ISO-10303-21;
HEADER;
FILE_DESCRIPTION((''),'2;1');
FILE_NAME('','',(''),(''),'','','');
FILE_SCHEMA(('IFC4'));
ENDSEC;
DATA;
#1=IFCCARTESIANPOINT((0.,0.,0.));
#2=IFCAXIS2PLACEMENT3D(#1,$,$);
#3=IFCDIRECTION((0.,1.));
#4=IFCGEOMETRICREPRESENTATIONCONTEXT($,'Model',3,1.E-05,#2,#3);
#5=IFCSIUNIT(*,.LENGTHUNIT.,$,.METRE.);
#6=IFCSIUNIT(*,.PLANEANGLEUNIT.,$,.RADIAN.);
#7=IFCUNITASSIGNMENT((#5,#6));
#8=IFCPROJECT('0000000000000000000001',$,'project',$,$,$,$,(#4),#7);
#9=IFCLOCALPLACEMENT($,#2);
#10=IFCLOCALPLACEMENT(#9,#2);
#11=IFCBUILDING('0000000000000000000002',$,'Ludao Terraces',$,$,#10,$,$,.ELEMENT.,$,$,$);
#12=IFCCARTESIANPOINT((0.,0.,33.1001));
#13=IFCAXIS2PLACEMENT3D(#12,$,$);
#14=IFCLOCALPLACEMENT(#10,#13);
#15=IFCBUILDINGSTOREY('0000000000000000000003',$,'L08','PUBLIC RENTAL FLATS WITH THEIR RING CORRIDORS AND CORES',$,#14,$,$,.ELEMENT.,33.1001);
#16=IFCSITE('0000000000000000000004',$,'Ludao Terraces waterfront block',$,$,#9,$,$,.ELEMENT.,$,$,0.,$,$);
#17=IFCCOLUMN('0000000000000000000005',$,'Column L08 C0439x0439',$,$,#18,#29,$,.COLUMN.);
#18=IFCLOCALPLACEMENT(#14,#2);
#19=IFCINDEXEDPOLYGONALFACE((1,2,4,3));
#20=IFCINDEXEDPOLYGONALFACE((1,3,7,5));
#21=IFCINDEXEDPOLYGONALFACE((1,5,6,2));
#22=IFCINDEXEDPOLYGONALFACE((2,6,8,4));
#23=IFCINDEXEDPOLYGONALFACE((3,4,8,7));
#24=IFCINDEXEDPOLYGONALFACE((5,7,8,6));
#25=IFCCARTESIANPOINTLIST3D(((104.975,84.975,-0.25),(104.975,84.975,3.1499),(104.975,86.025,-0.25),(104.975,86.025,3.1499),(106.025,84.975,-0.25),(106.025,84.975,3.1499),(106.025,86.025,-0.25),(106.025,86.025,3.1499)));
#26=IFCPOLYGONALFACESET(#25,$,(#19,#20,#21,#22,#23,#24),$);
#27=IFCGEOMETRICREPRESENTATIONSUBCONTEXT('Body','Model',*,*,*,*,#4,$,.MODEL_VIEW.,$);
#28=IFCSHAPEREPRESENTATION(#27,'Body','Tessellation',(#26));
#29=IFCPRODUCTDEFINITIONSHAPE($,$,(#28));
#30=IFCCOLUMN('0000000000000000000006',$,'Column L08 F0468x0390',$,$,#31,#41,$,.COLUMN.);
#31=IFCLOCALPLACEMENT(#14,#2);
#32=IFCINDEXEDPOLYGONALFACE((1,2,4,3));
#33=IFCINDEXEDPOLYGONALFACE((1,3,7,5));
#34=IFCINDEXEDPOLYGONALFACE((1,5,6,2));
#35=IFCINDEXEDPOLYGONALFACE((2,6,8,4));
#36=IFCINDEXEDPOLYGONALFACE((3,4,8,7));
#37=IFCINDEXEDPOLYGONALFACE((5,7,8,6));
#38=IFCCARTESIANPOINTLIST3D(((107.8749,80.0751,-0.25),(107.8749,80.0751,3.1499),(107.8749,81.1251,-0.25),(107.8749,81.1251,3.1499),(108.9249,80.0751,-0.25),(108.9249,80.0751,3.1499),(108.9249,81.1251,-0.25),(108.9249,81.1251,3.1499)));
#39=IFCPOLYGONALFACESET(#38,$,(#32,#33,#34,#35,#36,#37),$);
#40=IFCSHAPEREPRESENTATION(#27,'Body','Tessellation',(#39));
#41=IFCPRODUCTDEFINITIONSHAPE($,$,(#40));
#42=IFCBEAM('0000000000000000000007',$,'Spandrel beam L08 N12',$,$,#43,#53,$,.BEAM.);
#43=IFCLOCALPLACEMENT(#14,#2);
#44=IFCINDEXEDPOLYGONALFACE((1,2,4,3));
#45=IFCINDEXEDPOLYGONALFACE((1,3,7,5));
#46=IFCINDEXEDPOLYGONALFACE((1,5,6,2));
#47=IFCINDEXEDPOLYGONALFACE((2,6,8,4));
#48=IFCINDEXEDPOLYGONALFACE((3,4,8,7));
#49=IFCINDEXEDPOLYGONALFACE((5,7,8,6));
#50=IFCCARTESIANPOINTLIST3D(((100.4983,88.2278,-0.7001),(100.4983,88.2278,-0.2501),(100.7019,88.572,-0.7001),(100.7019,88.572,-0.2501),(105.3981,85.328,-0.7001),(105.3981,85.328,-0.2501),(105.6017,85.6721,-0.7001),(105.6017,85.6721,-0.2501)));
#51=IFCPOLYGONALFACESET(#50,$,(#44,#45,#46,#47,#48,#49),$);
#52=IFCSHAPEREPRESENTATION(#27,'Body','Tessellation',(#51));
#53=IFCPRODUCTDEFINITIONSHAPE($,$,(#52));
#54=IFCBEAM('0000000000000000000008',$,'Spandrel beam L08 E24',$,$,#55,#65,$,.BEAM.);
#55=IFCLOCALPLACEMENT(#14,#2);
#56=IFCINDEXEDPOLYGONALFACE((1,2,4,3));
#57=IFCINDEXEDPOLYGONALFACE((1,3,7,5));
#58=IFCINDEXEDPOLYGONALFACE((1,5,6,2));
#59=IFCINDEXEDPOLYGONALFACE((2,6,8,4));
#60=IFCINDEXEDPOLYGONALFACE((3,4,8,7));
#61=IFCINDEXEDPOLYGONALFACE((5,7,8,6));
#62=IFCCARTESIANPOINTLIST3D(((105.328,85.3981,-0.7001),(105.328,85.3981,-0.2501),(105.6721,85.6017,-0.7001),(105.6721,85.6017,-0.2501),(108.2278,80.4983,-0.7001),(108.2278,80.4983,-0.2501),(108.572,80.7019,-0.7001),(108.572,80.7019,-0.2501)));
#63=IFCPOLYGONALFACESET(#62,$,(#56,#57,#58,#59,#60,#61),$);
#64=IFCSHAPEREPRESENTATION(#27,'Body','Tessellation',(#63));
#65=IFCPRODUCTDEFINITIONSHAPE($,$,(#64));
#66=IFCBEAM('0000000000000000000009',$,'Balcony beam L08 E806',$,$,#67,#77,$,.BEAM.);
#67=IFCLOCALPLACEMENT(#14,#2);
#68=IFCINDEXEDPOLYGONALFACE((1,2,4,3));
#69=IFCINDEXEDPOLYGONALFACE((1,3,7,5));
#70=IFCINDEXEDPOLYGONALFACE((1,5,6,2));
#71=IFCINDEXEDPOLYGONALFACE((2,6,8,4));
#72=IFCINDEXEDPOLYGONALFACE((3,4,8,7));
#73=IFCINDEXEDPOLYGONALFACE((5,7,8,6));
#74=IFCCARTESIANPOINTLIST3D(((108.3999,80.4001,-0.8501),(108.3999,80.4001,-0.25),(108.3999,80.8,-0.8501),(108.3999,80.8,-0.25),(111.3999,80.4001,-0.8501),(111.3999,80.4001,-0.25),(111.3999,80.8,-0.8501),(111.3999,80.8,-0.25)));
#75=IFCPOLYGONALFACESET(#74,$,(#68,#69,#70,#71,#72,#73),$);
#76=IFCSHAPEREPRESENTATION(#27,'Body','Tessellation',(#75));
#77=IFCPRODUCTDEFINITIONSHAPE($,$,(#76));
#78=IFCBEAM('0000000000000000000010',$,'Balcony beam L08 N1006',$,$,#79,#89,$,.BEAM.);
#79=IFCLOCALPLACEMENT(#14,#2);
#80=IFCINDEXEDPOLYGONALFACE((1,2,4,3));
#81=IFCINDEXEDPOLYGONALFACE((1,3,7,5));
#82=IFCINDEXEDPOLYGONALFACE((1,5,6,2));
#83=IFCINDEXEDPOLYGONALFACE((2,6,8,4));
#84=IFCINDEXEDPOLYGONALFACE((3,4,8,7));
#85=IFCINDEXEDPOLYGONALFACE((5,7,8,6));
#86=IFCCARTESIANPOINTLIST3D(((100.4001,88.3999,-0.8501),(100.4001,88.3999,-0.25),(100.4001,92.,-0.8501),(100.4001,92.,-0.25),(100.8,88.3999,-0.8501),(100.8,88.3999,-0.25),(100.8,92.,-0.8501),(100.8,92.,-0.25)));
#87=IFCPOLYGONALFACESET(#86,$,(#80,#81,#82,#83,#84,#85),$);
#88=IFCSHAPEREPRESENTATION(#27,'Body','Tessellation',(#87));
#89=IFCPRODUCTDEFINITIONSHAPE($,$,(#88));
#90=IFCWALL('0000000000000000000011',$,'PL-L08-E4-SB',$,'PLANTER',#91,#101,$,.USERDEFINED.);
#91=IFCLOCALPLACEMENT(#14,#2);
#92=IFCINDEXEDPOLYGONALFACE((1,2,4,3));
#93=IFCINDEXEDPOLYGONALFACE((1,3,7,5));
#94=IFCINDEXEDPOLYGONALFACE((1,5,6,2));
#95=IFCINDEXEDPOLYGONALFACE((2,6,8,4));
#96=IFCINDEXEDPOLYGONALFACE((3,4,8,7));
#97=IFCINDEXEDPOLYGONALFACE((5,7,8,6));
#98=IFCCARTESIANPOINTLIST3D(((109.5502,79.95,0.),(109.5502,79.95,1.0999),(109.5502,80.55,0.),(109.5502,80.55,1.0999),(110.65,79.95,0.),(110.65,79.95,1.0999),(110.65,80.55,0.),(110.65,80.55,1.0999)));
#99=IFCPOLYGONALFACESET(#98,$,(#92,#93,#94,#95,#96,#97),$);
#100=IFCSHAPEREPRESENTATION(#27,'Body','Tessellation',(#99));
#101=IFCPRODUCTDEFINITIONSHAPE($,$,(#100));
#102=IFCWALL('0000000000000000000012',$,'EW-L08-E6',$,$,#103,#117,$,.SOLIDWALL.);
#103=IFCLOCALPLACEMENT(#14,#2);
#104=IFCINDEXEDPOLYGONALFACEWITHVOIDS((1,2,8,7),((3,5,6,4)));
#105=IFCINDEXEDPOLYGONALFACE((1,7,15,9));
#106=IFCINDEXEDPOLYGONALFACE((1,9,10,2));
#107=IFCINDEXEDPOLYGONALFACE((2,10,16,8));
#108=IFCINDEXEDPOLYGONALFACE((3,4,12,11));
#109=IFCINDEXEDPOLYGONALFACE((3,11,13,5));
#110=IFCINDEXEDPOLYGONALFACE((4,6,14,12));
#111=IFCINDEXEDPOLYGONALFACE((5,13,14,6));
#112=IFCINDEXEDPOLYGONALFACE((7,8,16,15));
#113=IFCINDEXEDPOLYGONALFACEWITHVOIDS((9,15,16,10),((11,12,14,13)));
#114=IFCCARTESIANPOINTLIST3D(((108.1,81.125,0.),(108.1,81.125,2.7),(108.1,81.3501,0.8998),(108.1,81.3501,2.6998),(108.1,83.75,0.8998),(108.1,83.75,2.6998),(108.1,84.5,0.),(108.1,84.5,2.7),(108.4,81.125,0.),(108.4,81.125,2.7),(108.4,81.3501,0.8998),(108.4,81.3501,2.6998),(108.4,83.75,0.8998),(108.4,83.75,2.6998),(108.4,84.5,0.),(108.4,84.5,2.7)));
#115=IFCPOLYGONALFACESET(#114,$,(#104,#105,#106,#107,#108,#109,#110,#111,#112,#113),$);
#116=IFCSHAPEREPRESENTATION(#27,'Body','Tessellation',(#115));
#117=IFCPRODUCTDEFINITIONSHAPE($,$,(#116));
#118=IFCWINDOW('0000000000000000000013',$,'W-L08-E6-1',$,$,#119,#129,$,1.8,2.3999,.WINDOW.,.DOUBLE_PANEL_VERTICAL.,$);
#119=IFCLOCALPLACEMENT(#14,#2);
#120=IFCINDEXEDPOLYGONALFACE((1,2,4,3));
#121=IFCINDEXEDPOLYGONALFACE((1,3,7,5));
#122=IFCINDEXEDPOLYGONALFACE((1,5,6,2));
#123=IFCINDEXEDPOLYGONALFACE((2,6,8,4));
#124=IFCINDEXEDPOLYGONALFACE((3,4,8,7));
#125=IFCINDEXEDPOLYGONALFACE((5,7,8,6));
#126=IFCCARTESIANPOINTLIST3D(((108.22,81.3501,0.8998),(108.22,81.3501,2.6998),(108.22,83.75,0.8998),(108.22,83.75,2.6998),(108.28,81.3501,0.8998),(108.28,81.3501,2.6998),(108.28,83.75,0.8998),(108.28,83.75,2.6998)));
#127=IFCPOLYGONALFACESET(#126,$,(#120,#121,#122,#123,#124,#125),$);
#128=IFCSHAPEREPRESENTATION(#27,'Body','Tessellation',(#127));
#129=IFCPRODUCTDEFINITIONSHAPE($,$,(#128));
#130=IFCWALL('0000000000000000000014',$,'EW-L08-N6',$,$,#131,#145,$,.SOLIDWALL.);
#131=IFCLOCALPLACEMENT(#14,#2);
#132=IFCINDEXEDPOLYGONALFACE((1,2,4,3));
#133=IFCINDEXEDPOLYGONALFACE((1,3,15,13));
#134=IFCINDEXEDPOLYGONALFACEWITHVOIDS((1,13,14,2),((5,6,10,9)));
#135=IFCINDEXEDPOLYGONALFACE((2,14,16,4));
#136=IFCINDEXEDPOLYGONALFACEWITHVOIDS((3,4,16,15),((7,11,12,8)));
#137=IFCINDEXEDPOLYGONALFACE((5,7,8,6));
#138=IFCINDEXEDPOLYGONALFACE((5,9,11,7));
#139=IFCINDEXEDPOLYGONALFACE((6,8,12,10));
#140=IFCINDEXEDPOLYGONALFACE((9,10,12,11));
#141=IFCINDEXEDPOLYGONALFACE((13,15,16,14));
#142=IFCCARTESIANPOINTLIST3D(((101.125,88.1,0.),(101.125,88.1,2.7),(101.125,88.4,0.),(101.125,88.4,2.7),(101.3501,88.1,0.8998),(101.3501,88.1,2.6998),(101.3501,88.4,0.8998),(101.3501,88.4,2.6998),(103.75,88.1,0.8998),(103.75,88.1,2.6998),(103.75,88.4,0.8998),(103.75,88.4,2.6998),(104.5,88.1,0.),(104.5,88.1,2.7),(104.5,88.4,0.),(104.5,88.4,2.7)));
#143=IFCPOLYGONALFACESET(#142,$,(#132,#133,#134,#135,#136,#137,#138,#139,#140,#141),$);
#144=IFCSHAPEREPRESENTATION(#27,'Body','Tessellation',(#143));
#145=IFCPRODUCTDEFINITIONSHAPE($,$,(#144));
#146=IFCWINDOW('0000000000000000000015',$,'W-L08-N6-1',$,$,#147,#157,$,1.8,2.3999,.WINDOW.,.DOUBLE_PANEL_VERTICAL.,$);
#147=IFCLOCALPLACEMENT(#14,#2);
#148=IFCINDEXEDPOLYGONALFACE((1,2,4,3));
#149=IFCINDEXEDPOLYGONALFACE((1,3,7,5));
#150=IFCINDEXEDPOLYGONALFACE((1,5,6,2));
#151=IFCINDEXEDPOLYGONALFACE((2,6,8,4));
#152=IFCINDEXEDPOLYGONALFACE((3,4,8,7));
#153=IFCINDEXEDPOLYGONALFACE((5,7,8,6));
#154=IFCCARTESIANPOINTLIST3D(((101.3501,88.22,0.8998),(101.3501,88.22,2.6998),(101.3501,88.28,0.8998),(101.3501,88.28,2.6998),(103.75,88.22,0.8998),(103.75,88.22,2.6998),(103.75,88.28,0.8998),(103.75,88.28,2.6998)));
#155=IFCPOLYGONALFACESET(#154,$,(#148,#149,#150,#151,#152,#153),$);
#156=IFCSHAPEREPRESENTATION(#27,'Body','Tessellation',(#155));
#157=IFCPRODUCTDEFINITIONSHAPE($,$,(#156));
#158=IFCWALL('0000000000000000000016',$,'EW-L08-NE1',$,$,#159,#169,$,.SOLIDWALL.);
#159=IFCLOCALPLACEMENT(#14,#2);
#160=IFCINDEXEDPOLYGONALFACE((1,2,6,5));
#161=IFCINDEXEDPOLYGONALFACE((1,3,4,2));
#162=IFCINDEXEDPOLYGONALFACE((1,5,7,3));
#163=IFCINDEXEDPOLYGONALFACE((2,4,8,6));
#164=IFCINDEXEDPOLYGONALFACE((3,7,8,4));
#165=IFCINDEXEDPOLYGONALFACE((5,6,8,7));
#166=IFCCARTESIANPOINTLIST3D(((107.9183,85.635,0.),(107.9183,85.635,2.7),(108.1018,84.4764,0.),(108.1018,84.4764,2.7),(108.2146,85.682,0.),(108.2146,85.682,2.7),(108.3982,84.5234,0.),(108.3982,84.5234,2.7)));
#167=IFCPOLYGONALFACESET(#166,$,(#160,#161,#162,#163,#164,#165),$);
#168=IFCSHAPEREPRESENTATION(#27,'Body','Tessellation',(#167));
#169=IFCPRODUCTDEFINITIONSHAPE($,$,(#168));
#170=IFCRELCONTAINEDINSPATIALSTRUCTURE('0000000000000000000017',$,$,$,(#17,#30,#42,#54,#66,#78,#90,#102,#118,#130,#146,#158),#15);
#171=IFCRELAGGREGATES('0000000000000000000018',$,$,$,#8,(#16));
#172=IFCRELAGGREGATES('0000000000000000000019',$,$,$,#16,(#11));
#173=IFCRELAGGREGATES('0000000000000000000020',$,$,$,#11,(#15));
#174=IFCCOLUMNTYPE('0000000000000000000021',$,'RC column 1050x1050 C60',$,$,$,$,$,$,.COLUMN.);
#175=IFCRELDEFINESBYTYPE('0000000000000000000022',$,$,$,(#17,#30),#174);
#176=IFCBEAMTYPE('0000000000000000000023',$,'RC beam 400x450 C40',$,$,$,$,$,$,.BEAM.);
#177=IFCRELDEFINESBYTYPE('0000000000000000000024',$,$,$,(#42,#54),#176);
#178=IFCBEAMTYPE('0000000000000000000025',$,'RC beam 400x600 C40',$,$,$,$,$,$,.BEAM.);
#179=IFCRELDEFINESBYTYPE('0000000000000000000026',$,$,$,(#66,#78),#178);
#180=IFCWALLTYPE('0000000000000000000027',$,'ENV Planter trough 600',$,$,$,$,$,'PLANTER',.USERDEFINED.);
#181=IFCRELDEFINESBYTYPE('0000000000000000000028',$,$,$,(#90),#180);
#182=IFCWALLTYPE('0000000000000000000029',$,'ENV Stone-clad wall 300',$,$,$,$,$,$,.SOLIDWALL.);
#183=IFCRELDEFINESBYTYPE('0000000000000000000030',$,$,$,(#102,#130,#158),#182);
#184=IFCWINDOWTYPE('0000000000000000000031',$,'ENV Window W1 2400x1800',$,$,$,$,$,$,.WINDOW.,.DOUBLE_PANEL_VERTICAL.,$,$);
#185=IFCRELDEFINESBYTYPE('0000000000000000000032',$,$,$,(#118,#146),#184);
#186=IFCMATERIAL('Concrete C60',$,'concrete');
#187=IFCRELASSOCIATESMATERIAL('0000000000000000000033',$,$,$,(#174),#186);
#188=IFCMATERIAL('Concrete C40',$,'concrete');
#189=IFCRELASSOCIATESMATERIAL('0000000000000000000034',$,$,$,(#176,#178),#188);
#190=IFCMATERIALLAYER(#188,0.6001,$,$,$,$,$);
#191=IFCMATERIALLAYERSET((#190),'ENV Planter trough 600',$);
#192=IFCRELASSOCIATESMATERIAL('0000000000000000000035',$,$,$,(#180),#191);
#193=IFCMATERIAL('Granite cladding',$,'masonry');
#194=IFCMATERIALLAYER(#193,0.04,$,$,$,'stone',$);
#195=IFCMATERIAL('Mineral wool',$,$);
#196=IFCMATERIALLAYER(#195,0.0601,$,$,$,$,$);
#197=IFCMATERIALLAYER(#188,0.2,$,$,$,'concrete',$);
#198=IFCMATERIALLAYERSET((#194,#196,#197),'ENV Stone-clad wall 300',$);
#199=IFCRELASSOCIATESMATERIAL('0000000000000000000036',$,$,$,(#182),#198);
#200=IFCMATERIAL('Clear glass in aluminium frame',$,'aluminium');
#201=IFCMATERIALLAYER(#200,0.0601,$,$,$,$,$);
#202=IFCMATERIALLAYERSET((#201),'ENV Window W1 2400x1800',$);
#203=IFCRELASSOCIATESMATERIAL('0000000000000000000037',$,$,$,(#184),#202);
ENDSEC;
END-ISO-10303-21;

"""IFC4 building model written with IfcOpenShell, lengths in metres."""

from ifc_helpers import new_model, si_unit, direction, frame, frame_2d, origin, origin_2d, place, context, subcontext, project, spatial, rectangle, extrude, material, layer, layer_set, material_profile, profile_set, type_object, element, fill, save


model = new_model("IFC4")

# Units and contexts
model_context = context("Model", 3, precision=1e-05, world=origin(), true_north=direction((0.0, 1.0)))
body_context = subcontext(model_context, "Body", "Model", "MODEL_VIEW")
ifc_project = project(units=[si_unit("LENGTHUNIT", "METRE"), si_unit("PLANEANGLEUNIT", "RADIAN")], contexts=[model_context])

# Site, building, storey
site_placement = place(None, origin())
site = spatial("IfcSite", under=ifc_project, at=site_placement, Name="Ludao Terraces waterfront block", CompositionType="ELEMENT", RefElevation=0.0)
building_placement = place(site_placement, origin())
building = spatial("IfcBuilding", under=site, at=building_placement, Name="Ludao Terraces", CompositionType="ELEMENT")
storey_placement = place(building_placement, frame((0.0, 0.0, 33.1001)))
storey = spatial("IfcBuildingStorey", under=building, at=storey_placement, Name="L08", Description="PUBLIC RENTAL FLATS WITH THEIR RING CORRIDORS AND CORES", CompositionType="ELEMENT", Elevation=33.1001)

# Columns
ifc_material_1 = material(Name="Concrete C60", Category="concrete")
ifc_material_profile_1 = material_profile(ifc_material_1, rectangle(XDim=1.05, YDim=1.05, at=origin_2d()), Name="1050 X 1050")
ifc_profile_set_1 = profile_set([ifc_material_profile_1], Name="Concrete C60")
column_type = type_object("IfcColumnType", Name="RC column 1050x1050 C60", PredefinedType="COLUMN", material=ifc_profile_set_1)
for number, where, z_axis, x_axis, name in (
    (1, (105.5, 85.5, -0.25), (0.0, 0.0, 1.0), (1.0, 0.0, 0.0), "Column L08 C0439x0439"),
    (2, (108.3999, 80.6001, -0.25), (0.0, 0.0, 1.0), (1.0, 0.0, 0.0), "Column L08 F0468x0390"),
):
    element("IfcColumn", number, at=place(storey_placement, frame(where, z_axis=z_axis, x_axis=x_axis)), inside=storey, type_object=column_type, Name=name, PredefinedType="COLUMN", context=body_context, shape_type="SweptSolid", body=[
        extrude(rectangle(XDim=1.05, YDim=1.05, at=origin_2d()), origin(), (0.0, 0.0, 1.0), 3.3999),
    ])

# Beams
ifc_material_2 = material(Name="Concrete C40", Category="concrete")
ifc_material_profile_2 = material_profile(ifc_material_2, rectangle(XDim=0.3999, YDim=0.45, at=origin_2d()), Name="400 X 450")
ifc_profile_set_2 = profile_set([ifc_material_profile_2], Name="Concrete C40")
beam_type_1 = type_object("IfcBeamType", Name="RC beam 400x450 C40", PredefinedType="BEAM", material=ifc_profile_set_2)
for number, where, z_axis, x_axis, name in (
    (3, (100.6001, 88.3999, -0.4751), (0.86058, -0.509316, 0.0), (0.509316, 0.86058, 0.0), "Spandrel beam L08 N12"),
    (4, (108.3999, 80.6001, -0.4751), (-0.509316, 0.86058, 0.0), (-0.86058, -0.509316, 0.0), "Spandrel beam L08 E24"),
):
    element("IfcBeam", number, at=place(storey_placement, frame(where, z_axis=z_axis, x_axis=x_axis)), inside=storey, type_object=beam_type_1, Name=name, PredefinedType="BEAM", context=body_context, shape_type="SweptSolid", body=[
        extrude(rectangle(XDim=0.3999, YDim=0.45, at=origin_2d()), origin(), (0.0, 0.0, 1.0), 5.6936),
    ])
ifc_material_profile_3 = material_profile(ifc_material_2, rectangle(XDim=0.3999, YDim=0.6001, at=origin_2d()), Name="400 X 600")
ifc_profile_set_3 = profile_set([ifc_material_profile_3], Name="Concrete C40")
beam_type_2 = type_object("IfcBeamType", Name="RC beam 400x600 C40", PredefinedType="BEAM", material=ifc_profile_set_3)
beam_1_placement = place(storey_placement, frame((108.3999, 80.6001, -0.55), z_axis=(1.0, 0.0, 0.0), x_axis=(0.0, 1.0, 0.0)))
element("IfcBeam", 5, at=beam_1_placement, inside=storey, type_object=beam_type_2, Name="Balcony beam L08 E806", PredefinedType="BEAM", context=body_context, shape_type="SweptSolid", body=[
    extrude(rectangle(XDim=0.3999, YDim=0.6001, at=origin_2d()), origin(), (0.0, 0.0, 1.0), 3.0),
])
beam_2_placement = place(storey_placement, frame((100.6001, 88.3999, -0.55), z_axis=(0.0, 1.0, 0.0), x_axis=(-1.0, 0.0, 0.0)))
element("IfcBeam", 6, at=beam_2_placement, inside=storey, type_object=beam_type_2, Name="Balcony beam L08 N1006", PredefinedType="BEAM", context=body_context, shape_type="SweptSolid", body=[
    extrude(rectangle(XDim=0.3999, YDim=0.6001, at=origin_2d()), origin(), (0.0, 0.0, 1.0), 3.6001),
])

# Wall
ifc_layer_1 = layer(ifc_material_2, 0.6001)
ifc_layer_set_1 = layer_set([ifc_layer_1], Name="ENV Planter trough 600")
wall_type_1 = type_object("IfcWallType", Name="ENV Planter trough 600", ElementType="PLANTER", PredefinedType="USERDEFINED", material=ifc_layer_set_1)
wall_1_placement = place(storey_placement, frame((110.6499, 80.25, 0.0), z_axis=(0.0, 0.0, 1.0), x_axis=(-1.0, 0.0, 0.0)))
element("IfcWall", 7, at=wall_1_placement, inside=storey, type_object=wall_type_1, Name="PL-L08-E4-SB", ObjectType="PLANTER", PredefinedType="USERDEFINED", context=body_context, shape_type="SweptSolid", body=[
    extrude(rectangle(XDim=1.0999, YDim=0.6001, at=frame_2d((0.5498, 0.0))), origin(), (0.0, 0.0, 1.0), 1.0999),
])

# Walls, openings, windows
ifc_material_3 = material(Name="Granite cladding", Category="masonry")
ifc_layer_2 = layer(ifc_material_3, 0.04, Category="stone")
ifc_material_4 = material(Name="Mineral wool")
ifc_layer_3 = layer(ifc_material_4, 0.0601)
ifc_layer_4 = layer(ifc_material_2, 0.2, Category="concrete")
ifc_layer_set_2 = layer_set([ifc_layer_2, ifc_layer_3, ifc_layer_4], Name="ENV Stone-clad wall 300")
wall_type_2 = type_object("IfcWallType", Name="ENV Stone-clad wall 300", PredefinedType="SOLIDWALL", material=ifc_layer_set_2)
wall_2_placement = place(storey_placement, frame((108.25, 81.125, 0.0), z_axis=(0.0, 0.0, 1.0), x_axis=(0.0, 1.0, 0.0)))
wall_2 = element("IfcWall", 8, at=wall_2_placement, inside=storey, type_object=wall_type_2, Name="EW-L08-E6", PredefinedType="SOLIDWALL", context=body_context, shape_type="SweptSolid", body=[
    extrude(rectangle(XDim=3.375, YDim=0.3, at=frame_2d((1.6875, 0.0))), origin(), (0.0, 0.0, 1.0), 2.7),
])
opening_1_placement = place(wall_2_placement, frame((0.2251, 0.0, 0.8999)))
opening_1 = element("IfcOpeningElement", 9, at=opening_1_placement, cuts=wall_2, PredefinedType="OPENING", context=body_context, shape_type="SweptSolid", body=[
    extrude(rectangle(XDim=2.3999, YDim=1.8, at=frame_2d((1.2, 0.8999))), frame((0.0, 0.1602, 0.0), z_axis=(0.0, -1.0, 0.0), x_axis=(1.0, 0.0, 0.0)), (0.0, 0.0, 1.0), 0.3201),
])
ifc_material_5 = material(Name="Clear glass in aluminium frame", Category="aluminium")
ifc_layer_5 = layer(ifc_material_5, 0.0601)
ifc_layer_set_3 = layer_set([ifc_layer_5], Name="ENV Window W1 2400x1800")
window_type_1 = type_object("IfcWindowType", Name="ENV Window W1 2400x1800", PartitioningType="DOUBLE_PANEL_VERTICAL", PredefinedType="WINDOW", material=ifc_layer_set_3)
window_1_placement = place(opening_1_placement, origin())
window_1 = element("IfcWindow", 10, at=window_1_placement, inside=storey, type_object=window_type_1, Name="W-L08-E6-1", OverallHeight=1.8, OverallWidth=2.3999, PartitioningType="DOUBLE_PANEL_VERTICAL", PredefinedType="WINDOW", context=body_context, shape_type="SweptSolid", body=[
    extrude(rectangle(XDim=2.3999, YDim=1.8, at=frame_2d((1.2, 0.8999))), frame((0.0, 0.03, 0.0), z_axis=(0.0, -1.0, 0.0), x_axis=(1.0, 0.0, 0.0)), (0.0, 0.0, 1.0), 0.0601),
])
fill(opening_1, window_1)
wall_3_placement = place(storey_placement, frame((101.125, 88.25, 0.0), z_axis=(0.0, 0.0, 1.0), x_axis=(1.0, 0.0, 0.0)))
wall_3 = element("IfcWall", 11, at=wall_3_placement, inside=storey, type_object=wall_type_2, Name="EW-L08-N6", PredefinedType="SOLIDWALL", context=body_context, shape_type="SweptSolid", body=[
    extrude(rectangle(XDim=3.375, YDim=0.3, at=frame_2d((1.6875, 0.0))), origin(), (0.0, 0.0, 1.0), 2.7),
])
opening_2_placement = place(wall_3_placement, frame((0.2251, 0.0, 0.8999)))
opening_2 = element("IfcOpeningElement", 12, at=opening_2_placement, cuts=wall_3, PredefinedType="OPENING", context=body_context, shape_type="SweptSolid", body=[
    extrude(rectangle(XDim=2.3999, YDim=1.8, at=frame_2d((1.2, 0.8999))), frame((0.0, 0.1602, 0.0), z_axis=(0.0, -1.0, 0.0), x_axis=(1.0, 0.0, 0.0)), (0.0, 0.0, 1.0), 0.3201),
])
window_2_placement = place(opening_2_placement, origin())
window_2 = element("IfcWindow", 13, at=window_2_placement, inside=storey, type_object=window_type_1, Name="W-L08-N6-1", OverallHeight=1.8, OverallWidth=2.3999, PartitioningType="DOUBLE_PANEL_VERTICAL", PredefinedType="WINDOW", context=body_context, shape_type="SweptSolid", body=[
    extrude(rectangle(XDim=2.3999, YDim=1.8, at=frame_2d((1.2, 0.8999))), frame((0.0, 0.03, 0.0), z_axis=(0.0, -1.0, 0.0), x_axis=(1.0, 0.0, 0.0)), (0.0, 0.0, 1.0), 0.0601),
])
fill(opening_2, window_2)

# Wall
wall_4_placement = place(storey_placement, frame((108.25, 84.5, 0.0), z_axis=(0.0, 0.0, 1.0), x_axis=(-0.156497, 0.987678, 0.0)))
element("IfcWall", 14, at=wall_4_placement, inside=storey, type_object=wall_type_2, Name="EW-L08-NE1", PredefinedType="SOLIDWALL", context=body_context, shape_type="SweptSolid", body=[
    extrude(rectangle(XDim=1.1731, YDim=0.3, at=frame_2d((0.5864, 0.0))), origin(), (0.0, 0.0, 1.0), 2.7),
])

save(model, "model.ifc")
